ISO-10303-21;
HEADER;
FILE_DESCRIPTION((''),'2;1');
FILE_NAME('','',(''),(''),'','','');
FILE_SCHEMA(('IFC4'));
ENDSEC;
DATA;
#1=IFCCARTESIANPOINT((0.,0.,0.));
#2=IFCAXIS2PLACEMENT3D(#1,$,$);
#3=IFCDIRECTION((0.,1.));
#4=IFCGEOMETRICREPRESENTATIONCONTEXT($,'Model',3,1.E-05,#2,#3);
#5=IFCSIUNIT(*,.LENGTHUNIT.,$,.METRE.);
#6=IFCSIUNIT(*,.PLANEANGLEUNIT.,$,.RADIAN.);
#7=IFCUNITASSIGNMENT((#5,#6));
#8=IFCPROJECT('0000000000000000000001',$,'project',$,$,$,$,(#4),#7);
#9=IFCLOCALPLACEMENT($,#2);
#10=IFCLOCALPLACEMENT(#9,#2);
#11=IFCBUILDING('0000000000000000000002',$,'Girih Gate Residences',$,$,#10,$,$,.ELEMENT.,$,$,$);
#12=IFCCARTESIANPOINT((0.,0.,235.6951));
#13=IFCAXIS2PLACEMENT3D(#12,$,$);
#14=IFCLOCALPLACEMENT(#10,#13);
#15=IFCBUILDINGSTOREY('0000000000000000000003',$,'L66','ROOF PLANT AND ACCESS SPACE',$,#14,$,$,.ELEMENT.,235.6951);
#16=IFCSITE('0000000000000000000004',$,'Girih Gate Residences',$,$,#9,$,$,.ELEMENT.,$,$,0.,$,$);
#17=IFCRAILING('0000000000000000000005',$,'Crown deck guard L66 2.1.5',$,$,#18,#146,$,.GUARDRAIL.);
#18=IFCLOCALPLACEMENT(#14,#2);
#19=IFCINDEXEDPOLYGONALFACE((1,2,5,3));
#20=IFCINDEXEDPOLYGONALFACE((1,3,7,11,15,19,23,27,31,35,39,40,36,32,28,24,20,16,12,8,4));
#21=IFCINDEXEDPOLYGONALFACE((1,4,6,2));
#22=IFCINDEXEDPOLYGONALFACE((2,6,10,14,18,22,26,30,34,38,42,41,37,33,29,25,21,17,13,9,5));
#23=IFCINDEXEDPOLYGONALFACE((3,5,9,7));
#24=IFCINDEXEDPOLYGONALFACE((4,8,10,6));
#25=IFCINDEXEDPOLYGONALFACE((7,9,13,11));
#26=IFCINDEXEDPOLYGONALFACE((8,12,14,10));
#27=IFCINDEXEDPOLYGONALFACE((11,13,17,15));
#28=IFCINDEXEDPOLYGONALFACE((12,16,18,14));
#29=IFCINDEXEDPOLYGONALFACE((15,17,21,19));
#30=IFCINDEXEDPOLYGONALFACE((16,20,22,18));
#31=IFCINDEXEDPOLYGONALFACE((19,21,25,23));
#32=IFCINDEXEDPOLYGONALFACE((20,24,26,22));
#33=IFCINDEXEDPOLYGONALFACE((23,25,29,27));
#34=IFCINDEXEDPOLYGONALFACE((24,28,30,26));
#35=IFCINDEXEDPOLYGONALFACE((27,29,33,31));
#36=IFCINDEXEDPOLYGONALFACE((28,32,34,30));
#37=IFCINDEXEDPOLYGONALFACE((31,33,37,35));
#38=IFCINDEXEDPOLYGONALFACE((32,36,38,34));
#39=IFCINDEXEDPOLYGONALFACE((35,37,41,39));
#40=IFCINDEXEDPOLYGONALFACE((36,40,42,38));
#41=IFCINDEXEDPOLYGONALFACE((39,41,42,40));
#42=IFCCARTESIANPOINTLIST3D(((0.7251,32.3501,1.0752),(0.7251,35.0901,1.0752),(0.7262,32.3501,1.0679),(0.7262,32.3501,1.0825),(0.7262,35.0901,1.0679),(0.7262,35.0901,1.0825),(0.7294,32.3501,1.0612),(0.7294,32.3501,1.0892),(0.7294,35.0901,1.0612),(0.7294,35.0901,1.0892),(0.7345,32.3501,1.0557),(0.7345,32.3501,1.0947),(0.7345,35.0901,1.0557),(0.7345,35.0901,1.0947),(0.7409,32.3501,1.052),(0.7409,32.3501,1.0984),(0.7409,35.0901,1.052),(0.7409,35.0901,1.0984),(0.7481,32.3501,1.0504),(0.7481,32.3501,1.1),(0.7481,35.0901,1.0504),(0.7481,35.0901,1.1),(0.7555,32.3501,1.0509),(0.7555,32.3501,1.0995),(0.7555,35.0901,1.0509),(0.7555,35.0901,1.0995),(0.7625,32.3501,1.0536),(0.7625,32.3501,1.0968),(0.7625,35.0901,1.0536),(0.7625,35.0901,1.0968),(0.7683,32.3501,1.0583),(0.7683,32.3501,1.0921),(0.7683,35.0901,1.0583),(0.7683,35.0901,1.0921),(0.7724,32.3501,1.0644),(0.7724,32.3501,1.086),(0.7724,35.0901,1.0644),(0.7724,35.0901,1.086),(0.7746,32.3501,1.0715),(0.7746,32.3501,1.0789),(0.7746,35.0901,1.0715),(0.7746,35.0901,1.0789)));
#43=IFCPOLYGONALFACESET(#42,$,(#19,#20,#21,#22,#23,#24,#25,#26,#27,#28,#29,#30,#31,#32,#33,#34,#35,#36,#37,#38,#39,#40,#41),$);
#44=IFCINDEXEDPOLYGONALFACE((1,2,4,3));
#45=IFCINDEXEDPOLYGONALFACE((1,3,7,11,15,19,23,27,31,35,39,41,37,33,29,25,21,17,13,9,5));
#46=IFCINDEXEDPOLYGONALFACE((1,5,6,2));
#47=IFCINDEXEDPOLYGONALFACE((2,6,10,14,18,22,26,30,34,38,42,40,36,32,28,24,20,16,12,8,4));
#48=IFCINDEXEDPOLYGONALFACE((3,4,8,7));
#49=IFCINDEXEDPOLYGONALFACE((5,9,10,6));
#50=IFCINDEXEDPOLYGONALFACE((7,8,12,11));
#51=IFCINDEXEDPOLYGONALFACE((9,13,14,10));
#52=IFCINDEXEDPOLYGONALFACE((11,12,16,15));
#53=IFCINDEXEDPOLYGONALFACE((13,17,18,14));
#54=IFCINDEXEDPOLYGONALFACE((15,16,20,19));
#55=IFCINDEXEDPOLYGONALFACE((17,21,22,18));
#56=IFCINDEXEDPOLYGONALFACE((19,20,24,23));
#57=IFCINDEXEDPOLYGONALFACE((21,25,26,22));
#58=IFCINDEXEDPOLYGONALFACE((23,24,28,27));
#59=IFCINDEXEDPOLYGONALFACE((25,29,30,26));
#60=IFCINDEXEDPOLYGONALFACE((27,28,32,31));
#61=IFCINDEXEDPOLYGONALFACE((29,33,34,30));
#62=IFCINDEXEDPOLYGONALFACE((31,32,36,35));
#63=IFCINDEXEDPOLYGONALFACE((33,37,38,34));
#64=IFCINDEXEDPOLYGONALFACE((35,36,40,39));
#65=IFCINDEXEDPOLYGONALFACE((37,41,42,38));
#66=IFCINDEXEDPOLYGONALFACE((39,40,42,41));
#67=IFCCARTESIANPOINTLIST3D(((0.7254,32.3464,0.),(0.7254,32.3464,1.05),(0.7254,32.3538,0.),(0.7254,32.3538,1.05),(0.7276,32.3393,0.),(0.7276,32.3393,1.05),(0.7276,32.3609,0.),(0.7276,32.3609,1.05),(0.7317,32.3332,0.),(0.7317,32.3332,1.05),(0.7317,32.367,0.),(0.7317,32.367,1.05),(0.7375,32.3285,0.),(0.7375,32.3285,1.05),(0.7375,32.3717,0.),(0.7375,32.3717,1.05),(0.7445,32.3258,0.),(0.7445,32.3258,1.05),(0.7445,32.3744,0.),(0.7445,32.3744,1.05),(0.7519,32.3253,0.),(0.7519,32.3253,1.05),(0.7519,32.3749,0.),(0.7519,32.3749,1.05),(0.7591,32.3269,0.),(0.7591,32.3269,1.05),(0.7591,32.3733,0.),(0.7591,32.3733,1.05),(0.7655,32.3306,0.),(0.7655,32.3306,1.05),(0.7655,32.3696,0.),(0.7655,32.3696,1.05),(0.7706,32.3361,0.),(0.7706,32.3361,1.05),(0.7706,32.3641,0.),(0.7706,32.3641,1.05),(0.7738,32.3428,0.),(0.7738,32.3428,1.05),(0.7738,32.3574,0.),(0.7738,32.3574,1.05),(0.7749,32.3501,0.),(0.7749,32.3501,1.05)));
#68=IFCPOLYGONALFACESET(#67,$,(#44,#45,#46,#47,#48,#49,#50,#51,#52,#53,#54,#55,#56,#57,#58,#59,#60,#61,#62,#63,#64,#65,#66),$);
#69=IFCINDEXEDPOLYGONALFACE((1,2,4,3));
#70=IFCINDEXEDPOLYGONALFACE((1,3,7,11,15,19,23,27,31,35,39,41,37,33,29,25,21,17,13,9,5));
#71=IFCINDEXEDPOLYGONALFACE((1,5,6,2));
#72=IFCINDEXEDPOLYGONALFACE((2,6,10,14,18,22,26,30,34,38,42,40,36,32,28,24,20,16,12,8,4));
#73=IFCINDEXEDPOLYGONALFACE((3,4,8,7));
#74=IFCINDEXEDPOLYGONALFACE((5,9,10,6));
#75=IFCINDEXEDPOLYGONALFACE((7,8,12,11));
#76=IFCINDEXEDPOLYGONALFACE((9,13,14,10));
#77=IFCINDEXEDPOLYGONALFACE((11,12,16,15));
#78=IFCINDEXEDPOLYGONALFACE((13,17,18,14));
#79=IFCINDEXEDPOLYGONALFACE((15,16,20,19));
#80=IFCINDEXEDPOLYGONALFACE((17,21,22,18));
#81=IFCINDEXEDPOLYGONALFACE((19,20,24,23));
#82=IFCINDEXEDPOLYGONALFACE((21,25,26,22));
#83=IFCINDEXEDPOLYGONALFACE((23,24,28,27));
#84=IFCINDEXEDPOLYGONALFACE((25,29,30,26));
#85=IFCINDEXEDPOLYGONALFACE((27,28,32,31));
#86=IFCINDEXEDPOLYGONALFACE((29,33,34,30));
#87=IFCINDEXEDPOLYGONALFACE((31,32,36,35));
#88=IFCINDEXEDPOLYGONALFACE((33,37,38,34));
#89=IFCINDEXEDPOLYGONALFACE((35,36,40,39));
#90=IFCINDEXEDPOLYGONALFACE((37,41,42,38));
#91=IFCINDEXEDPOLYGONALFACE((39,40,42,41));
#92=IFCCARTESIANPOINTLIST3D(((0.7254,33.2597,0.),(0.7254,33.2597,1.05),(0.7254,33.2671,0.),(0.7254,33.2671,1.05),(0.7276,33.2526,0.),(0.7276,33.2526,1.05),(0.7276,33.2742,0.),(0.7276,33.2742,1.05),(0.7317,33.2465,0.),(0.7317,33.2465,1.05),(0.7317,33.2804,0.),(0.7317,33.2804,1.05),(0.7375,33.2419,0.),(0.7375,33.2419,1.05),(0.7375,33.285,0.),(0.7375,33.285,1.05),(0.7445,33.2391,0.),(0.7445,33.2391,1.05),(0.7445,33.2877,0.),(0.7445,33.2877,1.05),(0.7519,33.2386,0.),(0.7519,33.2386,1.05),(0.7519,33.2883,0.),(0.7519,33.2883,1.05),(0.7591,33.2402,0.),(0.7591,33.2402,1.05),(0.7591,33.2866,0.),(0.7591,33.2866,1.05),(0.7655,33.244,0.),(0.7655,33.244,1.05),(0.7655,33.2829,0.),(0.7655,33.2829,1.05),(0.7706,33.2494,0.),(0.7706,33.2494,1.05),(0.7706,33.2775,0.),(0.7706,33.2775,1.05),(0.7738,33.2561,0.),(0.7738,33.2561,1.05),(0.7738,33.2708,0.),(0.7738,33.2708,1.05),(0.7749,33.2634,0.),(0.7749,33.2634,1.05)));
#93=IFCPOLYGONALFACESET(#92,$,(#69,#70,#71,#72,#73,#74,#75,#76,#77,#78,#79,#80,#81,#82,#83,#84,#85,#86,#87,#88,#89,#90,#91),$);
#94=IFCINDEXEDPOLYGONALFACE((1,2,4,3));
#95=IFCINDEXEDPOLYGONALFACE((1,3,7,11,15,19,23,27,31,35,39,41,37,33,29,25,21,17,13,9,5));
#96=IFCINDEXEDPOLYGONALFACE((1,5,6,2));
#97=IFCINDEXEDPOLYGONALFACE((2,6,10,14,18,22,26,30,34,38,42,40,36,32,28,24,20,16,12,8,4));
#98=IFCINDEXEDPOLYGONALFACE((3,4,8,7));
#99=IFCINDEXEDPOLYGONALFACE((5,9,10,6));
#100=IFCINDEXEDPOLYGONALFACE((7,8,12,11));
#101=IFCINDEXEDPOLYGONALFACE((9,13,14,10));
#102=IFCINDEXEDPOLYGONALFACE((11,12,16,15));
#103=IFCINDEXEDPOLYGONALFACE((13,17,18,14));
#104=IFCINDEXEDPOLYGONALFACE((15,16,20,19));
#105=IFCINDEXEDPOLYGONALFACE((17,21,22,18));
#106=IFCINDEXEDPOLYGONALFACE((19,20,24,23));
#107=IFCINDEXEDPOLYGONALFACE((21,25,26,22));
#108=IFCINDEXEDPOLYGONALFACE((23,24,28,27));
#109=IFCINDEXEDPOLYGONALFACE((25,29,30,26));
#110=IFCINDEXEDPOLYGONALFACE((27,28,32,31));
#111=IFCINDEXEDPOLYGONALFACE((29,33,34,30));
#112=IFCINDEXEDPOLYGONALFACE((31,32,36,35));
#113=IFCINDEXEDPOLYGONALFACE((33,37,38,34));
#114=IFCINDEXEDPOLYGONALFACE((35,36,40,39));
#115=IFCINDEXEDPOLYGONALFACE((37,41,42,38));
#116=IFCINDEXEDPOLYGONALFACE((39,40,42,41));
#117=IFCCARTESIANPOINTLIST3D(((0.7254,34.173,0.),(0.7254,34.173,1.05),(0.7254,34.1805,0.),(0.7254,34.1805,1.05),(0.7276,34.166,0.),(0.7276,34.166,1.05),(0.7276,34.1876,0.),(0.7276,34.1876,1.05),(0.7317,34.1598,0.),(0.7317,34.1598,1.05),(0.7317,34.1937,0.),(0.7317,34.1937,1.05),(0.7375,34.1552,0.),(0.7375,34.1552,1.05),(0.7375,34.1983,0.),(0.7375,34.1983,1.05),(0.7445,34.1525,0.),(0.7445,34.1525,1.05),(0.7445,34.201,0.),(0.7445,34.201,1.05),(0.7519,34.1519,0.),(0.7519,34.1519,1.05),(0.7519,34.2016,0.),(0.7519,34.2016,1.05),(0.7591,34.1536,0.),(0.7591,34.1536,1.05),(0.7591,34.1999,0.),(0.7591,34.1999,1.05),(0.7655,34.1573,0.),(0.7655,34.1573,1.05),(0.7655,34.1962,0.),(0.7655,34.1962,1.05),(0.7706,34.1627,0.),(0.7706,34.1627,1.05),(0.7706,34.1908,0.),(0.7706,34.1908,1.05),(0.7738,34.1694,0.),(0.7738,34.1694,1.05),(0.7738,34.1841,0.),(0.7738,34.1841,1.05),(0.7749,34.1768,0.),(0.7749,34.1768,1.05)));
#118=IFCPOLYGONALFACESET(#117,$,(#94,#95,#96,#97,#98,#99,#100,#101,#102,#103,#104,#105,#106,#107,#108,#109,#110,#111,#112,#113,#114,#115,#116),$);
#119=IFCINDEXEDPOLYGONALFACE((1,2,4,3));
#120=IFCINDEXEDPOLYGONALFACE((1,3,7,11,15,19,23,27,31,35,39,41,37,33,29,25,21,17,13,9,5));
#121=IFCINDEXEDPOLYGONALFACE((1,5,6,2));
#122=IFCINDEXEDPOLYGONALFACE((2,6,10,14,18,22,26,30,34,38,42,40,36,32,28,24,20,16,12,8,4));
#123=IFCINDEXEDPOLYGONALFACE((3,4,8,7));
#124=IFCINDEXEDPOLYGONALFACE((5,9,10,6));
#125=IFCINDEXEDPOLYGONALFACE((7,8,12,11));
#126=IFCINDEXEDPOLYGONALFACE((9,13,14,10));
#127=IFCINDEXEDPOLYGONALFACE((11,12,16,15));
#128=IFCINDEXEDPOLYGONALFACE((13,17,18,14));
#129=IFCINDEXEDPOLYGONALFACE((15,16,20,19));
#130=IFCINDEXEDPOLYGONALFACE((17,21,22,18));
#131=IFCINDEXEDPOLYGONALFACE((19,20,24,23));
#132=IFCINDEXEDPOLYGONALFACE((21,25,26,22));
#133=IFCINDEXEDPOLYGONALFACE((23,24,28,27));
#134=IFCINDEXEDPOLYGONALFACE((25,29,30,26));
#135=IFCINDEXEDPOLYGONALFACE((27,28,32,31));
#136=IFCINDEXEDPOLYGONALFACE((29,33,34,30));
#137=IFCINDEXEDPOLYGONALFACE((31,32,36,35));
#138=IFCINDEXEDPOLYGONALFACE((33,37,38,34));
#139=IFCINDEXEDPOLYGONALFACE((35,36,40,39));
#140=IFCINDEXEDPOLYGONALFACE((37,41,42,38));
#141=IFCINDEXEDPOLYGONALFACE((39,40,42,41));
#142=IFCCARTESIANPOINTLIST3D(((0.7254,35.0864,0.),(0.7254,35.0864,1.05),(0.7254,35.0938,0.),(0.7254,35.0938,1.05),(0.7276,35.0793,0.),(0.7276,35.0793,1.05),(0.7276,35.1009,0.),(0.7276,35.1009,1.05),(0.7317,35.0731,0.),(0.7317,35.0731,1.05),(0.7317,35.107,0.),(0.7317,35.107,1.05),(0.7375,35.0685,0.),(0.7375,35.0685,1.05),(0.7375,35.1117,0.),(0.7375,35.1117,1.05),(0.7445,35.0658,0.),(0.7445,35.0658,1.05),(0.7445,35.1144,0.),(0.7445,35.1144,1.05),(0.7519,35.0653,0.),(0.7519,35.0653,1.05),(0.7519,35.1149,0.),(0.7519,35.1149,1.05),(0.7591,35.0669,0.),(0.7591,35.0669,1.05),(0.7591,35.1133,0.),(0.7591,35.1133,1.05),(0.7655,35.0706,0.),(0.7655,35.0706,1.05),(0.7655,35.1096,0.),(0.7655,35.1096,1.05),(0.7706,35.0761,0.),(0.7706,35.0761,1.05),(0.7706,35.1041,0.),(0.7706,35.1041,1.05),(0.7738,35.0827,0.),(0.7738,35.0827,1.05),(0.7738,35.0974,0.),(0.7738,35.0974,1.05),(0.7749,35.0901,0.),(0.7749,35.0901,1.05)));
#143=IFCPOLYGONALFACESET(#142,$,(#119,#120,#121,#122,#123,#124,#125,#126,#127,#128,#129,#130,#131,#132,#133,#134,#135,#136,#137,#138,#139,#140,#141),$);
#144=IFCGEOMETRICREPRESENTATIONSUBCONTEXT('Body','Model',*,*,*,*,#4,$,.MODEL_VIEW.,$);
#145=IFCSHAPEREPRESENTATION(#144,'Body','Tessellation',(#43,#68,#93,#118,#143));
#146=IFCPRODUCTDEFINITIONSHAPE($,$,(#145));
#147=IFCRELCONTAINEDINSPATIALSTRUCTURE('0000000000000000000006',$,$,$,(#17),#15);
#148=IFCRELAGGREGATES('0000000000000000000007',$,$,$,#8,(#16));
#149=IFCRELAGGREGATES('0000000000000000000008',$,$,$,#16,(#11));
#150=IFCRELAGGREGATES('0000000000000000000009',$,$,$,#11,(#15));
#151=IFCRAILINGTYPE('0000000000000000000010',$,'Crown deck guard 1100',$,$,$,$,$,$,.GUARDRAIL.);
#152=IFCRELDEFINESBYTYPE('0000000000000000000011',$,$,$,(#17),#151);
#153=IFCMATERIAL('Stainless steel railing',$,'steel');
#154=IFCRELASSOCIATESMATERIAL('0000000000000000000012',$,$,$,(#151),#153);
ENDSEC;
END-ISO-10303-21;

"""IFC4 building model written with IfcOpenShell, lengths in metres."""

from ifc_helpers import new_model, si_unit, direction, frame, origin, origin_2d, place, context, subcontext, project, spatial, circle, extrude, material, type_object, element, save


model = new_model("IFC4")

# Units and contexts
model_context = context("Model", 3, precision=1e-05, world=origin(), true_north=direction((0.0, 1.0)))
body_context = subcontext(model_context, "Body", "Model", "MODEL_VIEW")
ifc_project = project(units=[si_unit("LENGTHUNIT", "METRE"), si_unit("PLANEANGLEUNIT", "RADIAN")], contexts=[model_context])

# Site, building, storey
site_placement = place(None, origin())
site = spatial("IfcSite", under=ifc_project, at=site_placement, Name="Girih Gate Residences", CompositionType="ELEMENT", RefElevation=0.0)
building_placement = place(site_placement, origin())
building = spatial("IfcBuilding", under=site, at=building_placement, Name="Girih Gate Residences", CompositionType="ELEMENT")
storey_placement = place(building_placement, frame((0.0, 0.0, 235.6951)))
storey = spatial("IfcBuildingStorey", under=building, at=storey_placement, Name="L66", Description="ROOF PLANT AND ACCESS SPACE", CompositionType="ELEMENT", Elevation=235.6951)

# Railing
ifc_material_1 = material(Name="Stainless steel railing", Category="steel")
railing_type_1 = type_object("IfcRailingType", Name="Crown deck guard 1100", PredefinedType="GUARDRAIL", material=ifc_material_1)
railing_1_placement = place(storey_placement, frame((0.75, 32.3501, 0.0)))
element("IfcRailing", 1, at=railing_1_placement, inside=storey, type_object=railing_type_1, Name="Crown deck guard L66 2.1.5", PredefinedType="GUARDRAIL", context=body_context, shape_type="SweptSolid", body=[
    extrude(circle(Radius=0.0249, at=origin_2d()), frame((0.0, 0.0, 1.0752), z_axis=(0.0, 1.0, 0.0), x_axis=(-1.0, 0.0, 0.0)), (0.0, 0.0, 1.0), 2.74),
    extrude(circle(Radius=0.0249, at=origin_2d()), origin(), (0.0, 0.0, 1.0), 1.05),
    extrude(circle(Radius=0.0249, at=origin_2d()), frame((0.0, 0.9133, 0.0)), (0.0, 0.0, 1.0), 1.05),
    extrude(circle(Radius=0.0249, at=origin_2d()), frame((0.0, 1.8267, 0.0)), (0.0, 0.0, 1.0), 1.05),
    extrude(circle(Radius=0.0249, at=origin_2d()), frame((0.0, 2.74, 0.0)), (0.0, 0.0, 1.0), 1.05),
])

save(model, "model.ifc")
